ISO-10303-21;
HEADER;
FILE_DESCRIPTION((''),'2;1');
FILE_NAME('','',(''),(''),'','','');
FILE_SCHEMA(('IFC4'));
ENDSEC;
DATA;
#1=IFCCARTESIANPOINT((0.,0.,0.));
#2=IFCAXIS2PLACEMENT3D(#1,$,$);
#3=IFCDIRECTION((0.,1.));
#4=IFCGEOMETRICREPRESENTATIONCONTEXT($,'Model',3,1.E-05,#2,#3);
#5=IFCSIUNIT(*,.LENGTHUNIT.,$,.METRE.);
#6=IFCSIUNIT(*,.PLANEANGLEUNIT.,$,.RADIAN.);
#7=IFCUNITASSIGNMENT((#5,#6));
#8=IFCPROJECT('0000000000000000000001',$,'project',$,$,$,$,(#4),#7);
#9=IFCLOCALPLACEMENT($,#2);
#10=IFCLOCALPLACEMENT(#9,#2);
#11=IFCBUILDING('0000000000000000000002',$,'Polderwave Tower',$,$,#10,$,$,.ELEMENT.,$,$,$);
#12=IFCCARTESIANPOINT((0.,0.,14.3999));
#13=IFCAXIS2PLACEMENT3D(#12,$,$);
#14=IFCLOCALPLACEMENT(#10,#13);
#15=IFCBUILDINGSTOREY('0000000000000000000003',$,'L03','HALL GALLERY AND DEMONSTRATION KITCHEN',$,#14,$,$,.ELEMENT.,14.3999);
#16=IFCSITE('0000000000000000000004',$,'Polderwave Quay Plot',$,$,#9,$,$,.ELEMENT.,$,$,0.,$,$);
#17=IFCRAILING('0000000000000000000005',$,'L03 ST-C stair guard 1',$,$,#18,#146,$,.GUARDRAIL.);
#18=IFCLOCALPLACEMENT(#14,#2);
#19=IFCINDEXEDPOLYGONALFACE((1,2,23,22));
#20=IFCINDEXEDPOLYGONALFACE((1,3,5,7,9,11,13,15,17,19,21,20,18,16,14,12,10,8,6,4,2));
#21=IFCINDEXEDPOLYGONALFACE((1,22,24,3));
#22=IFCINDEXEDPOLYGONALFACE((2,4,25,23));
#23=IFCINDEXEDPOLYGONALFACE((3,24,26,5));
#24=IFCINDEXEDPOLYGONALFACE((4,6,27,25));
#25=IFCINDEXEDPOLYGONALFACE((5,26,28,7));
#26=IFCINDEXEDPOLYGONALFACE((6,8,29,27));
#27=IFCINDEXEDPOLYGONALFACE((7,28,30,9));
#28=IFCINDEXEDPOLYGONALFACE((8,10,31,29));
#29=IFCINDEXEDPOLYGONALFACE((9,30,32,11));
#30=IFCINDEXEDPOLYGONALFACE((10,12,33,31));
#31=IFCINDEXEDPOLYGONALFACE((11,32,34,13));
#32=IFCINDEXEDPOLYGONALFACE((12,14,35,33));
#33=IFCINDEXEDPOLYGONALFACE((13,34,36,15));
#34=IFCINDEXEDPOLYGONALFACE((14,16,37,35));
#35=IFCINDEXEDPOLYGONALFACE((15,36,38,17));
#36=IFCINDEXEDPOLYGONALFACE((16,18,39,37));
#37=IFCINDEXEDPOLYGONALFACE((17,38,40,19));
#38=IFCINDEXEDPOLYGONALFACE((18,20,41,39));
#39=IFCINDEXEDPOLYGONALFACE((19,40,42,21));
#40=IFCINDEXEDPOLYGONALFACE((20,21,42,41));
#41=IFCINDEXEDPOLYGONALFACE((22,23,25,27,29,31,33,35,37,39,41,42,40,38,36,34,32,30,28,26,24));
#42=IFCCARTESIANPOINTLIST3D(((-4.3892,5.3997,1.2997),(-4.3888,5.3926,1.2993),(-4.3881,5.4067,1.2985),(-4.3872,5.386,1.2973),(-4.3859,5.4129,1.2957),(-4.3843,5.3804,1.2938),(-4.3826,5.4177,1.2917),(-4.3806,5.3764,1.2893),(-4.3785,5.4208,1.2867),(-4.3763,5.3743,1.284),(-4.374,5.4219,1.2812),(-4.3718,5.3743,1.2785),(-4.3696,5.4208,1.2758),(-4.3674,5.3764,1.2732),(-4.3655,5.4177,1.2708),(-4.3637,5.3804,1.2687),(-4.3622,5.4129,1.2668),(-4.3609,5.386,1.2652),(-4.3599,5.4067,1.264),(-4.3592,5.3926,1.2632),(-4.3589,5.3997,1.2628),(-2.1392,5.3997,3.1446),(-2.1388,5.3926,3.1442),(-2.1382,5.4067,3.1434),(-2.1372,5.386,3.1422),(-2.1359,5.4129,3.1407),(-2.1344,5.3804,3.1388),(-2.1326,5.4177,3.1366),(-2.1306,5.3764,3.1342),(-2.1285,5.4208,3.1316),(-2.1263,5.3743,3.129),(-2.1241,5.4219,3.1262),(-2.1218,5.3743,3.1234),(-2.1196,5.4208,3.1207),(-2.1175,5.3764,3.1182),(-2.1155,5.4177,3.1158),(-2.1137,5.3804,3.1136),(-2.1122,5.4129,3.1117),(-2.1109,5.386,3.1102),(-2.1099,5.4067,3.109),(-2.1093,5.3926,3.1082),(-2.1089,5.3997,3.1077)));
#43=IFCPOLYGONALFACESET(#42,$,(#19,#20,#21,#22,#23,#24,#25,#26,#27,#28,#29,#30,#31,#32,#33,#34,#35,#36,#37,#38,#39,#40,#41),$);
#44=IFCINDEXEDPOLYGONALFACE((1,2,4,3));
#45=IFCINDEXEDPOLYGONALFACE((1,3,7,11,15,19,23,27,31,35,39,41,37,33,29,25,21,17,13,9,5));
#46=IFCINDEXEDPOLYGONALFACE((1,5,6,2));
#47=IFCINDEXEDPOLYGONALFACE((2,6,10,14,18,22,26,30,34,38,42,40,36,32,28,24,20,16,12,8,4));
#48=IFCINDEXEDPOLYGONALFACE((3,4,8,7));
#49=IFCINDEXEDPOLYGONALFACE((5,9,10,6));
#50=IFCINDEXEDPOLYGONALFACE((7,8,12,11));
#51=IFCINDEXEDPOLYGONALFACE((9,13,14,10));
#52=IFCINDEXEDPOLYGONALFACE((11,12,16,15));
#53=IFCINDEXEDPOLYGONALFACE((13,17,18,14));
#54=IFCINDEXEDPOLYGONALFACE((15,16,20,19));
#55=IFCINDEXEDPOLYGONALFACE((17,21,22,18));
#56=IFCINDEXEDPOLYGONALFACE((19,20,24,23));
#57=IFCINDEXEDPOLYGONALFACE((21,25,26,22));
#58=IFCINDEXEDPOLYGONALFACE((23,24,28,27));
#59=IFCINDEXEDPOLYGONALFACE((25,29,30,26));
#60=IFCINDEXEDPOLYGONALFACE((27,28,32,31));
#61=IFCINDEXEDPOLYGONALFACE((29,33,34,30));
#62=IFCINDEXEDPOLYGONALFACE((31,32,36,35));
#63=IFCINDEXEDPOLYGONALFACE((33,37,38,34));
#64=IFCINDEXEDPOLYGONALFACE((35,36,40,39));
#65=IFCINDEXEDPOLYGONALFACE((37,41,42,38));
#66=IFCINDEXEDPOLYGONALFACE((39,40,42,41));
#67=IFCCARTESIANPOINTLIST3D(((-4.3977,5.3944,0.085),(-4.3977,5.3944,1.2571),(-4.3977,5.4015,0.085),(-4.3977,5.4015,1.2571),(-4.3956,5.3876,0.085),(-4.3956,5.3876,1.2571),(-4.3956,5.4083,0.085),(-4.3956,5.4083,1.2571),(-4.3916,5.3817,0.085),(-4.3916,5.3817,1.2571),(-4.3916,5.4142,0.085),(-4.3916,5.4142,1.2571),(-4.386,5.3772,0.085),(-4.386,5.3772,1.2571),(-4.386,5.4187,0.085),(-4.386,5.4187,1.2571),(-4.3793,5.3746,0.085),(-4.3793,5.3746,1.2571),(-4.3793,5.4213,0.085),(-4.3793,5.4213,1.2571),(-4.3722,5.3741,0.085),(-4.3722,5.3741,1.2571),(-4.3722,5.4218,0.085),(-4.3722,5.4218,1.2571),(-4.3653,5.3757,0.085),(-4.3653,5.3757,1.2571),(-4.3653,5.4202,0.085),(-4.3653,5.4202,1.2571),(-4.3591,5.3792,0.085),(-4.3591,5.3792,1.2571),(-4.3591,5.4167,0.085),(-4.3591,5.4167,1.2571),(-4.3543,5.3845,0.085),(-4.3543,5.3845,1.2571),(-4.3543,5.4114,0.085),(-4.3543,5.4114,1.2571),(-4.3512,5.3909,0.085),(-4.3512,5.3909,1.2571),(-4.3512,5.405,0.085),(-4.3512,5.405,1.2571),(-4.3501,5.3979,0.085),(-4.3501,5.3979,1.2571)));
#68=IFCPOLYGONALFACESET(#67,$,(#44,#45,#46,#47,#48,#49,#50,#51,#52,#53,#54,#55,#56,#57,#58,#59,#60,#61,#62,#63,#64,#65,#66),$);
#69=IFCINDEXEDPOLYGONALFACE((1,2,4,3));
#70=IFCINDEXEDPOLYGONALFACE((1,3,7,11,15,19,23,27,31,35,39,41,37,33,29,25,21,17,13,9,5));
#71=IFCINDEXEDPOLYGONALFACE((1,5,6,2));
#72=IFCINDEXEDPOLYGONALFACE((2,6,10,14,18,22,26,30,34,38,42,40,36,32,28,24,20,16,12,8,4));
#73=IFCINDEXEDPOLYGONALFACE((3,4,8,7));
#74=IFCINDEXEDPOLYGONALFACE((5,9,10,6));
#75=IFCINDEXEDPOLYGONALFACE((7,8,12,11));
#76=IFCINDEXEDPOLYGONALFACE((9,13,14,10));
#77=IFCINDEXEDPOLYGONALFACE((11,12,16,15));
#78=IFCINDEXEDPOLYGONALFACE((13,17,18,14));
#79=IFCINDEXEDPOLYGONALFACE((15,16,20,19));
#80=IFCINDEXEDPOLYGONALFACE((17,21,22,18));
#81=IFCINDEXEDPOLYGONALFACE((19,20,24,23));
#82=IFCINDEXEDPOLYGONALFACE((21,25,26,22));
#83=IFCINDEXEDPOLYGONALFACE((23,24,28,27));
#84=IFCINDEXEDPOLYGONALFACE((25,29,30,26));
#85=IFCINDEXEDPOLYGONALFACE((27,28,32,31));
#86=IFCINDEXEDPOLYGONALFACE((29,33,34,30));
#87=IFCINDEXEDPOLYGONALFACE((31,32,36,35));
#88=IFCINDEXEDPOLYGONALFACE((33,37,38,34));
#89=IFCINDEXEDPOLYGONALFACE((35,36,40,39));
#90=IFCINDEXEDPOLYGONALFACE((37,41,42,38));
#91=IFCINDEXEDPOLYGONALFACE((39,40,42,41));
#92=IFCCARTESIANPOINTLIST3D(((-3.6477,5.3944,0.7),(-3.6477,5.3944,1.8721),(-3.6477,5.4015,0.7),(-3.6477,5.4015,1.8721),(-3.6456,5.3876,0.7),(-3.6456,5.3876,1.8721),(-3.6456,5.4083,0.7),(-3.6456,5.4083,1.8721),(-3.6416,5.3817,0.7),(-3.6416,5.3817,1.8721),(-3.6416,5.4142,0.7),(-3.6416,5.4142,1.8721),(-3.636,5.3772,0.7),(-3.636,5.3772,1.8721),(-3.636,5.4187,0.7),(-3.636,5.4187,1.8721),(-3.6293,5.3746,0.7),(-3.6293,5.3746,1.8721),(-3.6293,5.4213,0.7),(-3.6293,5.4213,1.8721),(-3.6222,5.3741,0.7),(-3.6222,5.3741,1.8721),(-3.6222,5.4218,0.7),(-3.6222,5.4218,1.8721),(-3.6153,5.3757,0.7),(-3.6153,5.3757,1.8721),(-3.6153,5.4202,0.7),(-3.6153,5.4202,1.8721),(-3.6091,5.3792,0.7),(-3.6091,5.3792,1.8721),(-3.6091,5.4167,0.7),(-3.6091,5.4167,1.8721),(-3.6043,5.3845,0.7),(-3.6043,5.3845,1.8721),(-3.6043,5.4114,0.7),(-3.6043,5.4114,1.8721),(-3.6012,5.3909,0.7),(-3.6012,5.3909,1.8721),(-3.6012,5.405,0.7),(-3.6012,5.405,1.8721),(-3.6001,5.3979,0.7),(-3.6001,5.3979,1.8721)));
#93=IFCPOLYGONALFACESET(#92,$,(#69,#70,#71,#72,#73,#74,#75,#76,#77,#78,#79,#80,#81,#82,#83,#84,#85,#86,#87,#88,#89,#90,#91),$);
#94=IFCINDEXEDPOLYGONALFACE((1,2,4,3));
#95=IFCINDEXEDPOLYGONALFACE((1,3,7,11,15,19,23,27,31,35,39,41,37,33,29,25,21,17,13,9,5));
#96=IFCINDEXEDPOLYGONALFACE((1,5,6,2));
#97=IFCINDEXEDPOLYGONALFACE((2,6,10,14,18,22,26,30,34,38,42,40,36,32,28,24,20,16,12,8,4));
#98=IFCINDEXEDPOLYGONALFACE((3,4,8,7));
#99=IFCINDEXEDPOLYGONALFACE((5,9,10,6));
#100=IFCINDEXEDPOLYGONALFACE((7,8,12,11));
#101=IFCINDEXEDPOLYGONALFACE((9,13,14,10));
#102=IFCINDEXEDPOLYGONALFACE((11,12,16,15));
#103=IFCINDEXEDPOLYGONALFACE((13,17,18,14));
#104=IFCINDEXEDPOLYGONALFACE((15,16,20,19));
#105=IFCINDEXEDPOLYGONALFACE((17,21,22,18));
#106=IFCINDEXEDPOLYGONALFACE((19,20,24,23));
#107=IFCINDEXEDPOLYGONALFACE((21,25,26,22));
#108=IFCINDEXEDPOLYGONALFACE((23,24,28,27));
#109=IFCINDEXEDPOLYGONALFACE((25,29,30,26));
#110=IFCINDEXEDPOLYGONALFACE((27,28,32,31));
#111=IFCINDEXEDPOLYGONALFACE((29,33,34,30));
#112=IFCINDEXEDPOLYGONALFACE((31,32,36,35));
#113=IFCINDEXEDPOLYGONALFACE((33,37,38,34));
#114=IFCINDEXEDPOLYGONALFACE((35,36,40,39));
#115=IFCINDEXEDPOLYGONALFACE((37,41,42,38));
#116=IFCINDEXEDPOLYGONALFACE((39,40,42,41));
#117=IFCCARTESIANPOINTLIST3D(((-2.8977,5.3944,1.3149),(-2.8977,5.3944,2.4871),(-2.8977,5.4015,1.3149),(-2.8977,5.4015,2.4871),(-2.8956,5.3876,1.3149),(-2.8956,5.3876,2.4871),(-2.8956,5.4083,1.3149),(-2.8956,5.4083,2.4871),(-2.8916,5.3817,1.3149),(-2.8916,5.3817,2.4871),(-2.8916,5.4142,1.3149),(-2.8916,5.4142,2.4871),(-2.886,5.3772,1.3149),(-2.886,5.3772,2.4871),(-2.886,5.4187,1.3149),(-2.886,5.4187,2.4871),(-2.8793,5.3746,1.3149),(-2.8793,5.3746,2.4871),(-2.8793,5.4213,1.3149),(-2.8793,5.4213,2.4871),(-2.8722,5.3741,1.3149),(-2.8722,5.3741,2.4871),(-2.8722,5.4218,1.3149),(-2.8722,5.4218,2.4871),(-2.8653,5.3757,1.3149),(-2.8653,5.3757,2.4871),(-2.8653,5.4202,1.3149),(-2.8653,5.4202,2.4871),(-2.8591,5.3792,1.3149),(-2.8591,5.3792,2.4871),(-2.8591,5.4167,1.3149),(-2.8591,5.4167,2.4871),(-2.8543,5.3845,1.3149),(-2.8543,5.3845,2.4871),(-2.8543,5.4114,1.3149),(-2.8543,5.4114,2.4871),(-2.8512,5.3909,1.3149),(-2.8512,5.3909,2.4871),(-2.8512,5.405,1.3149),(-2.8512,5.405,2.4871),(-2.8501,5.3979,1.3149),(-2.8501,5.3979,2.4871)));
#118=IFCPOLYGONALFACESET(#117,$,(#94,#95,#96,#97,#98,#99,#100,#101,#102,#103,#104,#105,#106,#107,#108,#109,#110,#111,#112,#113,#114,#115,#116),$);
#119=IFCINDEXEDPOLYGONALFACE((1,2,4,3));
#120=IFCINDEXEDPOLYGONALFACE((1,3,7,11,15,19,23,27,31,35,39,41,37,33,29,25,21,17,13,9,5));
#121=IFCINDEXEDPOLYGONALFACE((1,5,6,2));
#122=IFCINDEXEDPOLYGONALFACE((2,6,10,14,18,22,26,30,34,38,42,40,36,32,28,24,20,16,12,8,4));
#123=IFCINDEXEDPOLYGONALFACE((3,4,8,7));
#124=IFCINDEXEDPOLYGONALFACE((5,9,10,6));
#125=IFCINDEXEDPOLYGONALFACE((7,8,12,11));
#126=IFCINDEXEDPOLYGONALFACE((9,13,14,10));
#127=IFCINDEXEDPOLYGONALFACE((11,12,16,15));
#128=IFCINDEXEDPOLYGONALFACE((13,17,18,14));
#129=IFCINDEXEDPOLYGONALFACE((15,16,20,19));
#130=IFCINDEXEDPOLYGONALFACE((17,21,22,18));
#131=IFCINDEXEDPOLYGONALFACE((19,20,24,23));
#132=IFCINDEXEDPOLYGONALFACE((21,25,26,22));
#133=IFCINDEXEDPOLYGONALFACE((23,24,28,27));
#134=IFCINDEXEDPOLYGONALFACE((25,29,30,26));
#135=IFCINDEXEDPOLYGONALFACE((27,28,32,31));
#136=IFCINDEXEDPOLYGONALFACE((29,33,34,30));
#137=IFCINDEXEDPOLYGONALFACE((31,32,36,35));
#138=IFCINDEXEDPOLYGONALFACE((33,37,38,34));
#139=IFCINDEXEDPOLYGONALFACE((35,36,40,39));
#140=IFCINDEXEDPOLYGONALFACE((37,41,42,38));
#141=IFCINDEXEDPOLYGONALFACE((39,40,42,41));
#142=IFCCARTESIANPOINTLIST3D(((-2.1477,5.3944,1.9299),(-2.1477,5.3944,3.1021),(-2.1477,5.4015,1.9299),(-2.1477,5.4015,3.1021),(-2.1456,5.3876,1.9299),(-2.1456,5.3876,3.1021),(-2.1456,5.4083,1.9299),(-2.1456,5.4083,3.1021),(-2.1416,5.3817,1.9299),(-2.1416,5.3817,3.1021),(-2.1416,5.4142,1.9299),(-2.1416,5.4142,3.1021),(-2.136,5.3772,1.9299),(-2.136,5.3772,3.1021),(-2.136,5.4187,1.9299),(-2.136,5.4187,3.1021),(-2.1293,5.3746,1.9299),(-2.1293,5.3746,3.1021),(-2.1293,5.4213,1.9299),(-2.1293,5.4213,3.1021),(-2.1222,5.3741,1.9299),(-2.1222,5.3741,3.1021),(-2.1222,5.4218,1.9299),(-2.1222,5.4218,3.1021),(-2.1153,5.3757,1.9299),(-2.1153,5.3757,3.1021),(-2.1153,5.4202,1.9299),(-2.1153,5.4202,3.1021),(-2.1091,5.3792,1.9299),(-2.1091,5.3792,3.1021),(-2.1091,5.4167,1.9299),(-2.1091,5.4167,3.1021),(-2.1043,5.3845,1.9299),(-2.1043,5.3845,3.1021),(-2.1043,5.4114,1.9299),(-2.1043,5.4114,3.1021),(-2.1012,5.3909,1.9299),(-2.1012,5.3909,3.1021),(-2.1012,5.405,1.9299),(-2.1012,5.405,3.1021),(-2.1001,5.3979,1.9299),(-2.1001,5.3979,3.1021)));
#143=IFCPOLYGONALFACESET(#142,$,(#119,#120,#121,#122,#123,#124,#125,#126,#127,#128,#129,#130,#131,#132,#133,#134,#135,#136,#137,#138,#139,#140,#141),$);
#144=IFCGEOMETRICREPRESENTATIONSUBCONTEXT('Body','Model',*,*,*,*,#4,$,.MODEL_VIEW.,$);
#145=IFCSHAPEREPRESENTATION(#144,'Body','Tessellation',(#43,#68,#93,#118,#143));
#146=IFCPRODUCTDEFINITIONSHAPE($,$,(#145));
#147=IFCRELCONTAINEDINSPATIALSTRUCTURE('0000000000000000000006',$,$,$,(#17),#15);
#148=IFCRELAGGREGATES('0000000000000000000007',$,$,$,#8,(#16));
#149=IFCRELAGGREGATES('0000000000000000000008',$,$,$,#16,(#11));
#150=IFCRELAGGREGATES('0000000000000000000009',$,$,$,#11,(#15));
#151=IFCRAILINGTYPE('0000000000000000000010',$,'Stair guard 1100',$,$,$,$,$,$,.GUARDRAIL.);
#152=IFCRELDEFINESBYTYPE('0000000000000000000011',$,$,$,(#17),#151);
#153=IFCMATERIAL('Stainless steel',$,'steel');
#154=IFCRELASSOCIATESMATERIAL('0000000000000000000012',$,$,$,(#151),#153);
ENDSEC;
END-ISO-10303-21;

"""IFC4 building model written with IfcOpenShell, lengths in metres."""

from ifc_helpers import new_model, si_unit, direction, frame, origin, origin_2d, place, context, subcontext, project, spatial, circle, extrude, material, type_object, element, save


model = new_model("IFC4")

# Units and contexts
model_context = context("Model", 3, precision=1e-05, world=origin(), true_north=direction((0.0, 1.0)))
body_context = subcontext(model_context, "Body", "Model", "MODEL_VIEW")
ifc_project = project(units=[si_unit("LENGTHUNIT", "METRE"), si_unit("PLANEANGLEUNIT", "RADIAN")], contexts=[model_context])

# Site, building, storey
site_placement = place(None, origin())
site = spatial("IfcSite", under=ifc_project, at=site_placement, Name="Polderwave Quay Plot", CompositionType="ELEMENT", RefElevation=0.0)
building_placement = place(site_placement, origin())
building = spatial("IfcBuilding", under=site, at=building_placement, Name="Polderwave Tower", CompositionType="ELEMENT")
storey_placement = place(building_placement, frame((0.0, 0.0, 14.3999)))
storey = spatial("IfcBuildingStorey", under=building, at=storey_placement, Name="L03", Description="HALL GALLERY AND DEMONSTRATION KITCHEN", CompositionType="ELEMENT", Elevation=14.3999)

# Railing
ifc_material_1 = material(Name="Stainless steel", Category="steel")
railing_type_1 = type_object("IfcRailingType", Name="Stair guard 1100", PredefinedType="GUARDRAIL", material=ifc_material_1)
railing_1_placement = place(storey_placement, frame((-4.374, 5.3979, 0.085)))
element("IfcRailing", 1, at=railing_1_placement, inside=storey, type_object=railing_type_1, Name="L03 ST-C stair guard 1", PredefinedType="GUARDRAIL", context=body_context, shape_type="SweptSolid", body=[
    extrude(circle(Radius=0.0239, at=origin_2d()), frame((0.0, 0.0, 1.1963), z_axis=(0.773273, 0.0, 0.634074), x_axis=(0.0, 1.0, 0.0)), (0.0, 0.0, 1.0), 2.9097),
    extrude(circle(Radius=0.0239, at=origin_2d()), origin(), (0.0, 0.0, 1.0), 1.1721),
    extrude(circle(Radius=0.0239, at=origin_2d()), frame((0.75, 0.0, 0.615)), (0.0, 0.0, 1.0), 1.1721),
    extrude(circle(Radius=0.0239, at=origin_2d()), frame((1.5, 0.0, 1.23)), (0.0, 0.0, 1.0), 1.1721),
    extrude(circle(Radius=0.0239, at=origin_2d()), frame((2.25, 0.0, 1.845)), (0.0, 0.0, 1.0), 1.1721),
])

save(model, "model.ifc")
